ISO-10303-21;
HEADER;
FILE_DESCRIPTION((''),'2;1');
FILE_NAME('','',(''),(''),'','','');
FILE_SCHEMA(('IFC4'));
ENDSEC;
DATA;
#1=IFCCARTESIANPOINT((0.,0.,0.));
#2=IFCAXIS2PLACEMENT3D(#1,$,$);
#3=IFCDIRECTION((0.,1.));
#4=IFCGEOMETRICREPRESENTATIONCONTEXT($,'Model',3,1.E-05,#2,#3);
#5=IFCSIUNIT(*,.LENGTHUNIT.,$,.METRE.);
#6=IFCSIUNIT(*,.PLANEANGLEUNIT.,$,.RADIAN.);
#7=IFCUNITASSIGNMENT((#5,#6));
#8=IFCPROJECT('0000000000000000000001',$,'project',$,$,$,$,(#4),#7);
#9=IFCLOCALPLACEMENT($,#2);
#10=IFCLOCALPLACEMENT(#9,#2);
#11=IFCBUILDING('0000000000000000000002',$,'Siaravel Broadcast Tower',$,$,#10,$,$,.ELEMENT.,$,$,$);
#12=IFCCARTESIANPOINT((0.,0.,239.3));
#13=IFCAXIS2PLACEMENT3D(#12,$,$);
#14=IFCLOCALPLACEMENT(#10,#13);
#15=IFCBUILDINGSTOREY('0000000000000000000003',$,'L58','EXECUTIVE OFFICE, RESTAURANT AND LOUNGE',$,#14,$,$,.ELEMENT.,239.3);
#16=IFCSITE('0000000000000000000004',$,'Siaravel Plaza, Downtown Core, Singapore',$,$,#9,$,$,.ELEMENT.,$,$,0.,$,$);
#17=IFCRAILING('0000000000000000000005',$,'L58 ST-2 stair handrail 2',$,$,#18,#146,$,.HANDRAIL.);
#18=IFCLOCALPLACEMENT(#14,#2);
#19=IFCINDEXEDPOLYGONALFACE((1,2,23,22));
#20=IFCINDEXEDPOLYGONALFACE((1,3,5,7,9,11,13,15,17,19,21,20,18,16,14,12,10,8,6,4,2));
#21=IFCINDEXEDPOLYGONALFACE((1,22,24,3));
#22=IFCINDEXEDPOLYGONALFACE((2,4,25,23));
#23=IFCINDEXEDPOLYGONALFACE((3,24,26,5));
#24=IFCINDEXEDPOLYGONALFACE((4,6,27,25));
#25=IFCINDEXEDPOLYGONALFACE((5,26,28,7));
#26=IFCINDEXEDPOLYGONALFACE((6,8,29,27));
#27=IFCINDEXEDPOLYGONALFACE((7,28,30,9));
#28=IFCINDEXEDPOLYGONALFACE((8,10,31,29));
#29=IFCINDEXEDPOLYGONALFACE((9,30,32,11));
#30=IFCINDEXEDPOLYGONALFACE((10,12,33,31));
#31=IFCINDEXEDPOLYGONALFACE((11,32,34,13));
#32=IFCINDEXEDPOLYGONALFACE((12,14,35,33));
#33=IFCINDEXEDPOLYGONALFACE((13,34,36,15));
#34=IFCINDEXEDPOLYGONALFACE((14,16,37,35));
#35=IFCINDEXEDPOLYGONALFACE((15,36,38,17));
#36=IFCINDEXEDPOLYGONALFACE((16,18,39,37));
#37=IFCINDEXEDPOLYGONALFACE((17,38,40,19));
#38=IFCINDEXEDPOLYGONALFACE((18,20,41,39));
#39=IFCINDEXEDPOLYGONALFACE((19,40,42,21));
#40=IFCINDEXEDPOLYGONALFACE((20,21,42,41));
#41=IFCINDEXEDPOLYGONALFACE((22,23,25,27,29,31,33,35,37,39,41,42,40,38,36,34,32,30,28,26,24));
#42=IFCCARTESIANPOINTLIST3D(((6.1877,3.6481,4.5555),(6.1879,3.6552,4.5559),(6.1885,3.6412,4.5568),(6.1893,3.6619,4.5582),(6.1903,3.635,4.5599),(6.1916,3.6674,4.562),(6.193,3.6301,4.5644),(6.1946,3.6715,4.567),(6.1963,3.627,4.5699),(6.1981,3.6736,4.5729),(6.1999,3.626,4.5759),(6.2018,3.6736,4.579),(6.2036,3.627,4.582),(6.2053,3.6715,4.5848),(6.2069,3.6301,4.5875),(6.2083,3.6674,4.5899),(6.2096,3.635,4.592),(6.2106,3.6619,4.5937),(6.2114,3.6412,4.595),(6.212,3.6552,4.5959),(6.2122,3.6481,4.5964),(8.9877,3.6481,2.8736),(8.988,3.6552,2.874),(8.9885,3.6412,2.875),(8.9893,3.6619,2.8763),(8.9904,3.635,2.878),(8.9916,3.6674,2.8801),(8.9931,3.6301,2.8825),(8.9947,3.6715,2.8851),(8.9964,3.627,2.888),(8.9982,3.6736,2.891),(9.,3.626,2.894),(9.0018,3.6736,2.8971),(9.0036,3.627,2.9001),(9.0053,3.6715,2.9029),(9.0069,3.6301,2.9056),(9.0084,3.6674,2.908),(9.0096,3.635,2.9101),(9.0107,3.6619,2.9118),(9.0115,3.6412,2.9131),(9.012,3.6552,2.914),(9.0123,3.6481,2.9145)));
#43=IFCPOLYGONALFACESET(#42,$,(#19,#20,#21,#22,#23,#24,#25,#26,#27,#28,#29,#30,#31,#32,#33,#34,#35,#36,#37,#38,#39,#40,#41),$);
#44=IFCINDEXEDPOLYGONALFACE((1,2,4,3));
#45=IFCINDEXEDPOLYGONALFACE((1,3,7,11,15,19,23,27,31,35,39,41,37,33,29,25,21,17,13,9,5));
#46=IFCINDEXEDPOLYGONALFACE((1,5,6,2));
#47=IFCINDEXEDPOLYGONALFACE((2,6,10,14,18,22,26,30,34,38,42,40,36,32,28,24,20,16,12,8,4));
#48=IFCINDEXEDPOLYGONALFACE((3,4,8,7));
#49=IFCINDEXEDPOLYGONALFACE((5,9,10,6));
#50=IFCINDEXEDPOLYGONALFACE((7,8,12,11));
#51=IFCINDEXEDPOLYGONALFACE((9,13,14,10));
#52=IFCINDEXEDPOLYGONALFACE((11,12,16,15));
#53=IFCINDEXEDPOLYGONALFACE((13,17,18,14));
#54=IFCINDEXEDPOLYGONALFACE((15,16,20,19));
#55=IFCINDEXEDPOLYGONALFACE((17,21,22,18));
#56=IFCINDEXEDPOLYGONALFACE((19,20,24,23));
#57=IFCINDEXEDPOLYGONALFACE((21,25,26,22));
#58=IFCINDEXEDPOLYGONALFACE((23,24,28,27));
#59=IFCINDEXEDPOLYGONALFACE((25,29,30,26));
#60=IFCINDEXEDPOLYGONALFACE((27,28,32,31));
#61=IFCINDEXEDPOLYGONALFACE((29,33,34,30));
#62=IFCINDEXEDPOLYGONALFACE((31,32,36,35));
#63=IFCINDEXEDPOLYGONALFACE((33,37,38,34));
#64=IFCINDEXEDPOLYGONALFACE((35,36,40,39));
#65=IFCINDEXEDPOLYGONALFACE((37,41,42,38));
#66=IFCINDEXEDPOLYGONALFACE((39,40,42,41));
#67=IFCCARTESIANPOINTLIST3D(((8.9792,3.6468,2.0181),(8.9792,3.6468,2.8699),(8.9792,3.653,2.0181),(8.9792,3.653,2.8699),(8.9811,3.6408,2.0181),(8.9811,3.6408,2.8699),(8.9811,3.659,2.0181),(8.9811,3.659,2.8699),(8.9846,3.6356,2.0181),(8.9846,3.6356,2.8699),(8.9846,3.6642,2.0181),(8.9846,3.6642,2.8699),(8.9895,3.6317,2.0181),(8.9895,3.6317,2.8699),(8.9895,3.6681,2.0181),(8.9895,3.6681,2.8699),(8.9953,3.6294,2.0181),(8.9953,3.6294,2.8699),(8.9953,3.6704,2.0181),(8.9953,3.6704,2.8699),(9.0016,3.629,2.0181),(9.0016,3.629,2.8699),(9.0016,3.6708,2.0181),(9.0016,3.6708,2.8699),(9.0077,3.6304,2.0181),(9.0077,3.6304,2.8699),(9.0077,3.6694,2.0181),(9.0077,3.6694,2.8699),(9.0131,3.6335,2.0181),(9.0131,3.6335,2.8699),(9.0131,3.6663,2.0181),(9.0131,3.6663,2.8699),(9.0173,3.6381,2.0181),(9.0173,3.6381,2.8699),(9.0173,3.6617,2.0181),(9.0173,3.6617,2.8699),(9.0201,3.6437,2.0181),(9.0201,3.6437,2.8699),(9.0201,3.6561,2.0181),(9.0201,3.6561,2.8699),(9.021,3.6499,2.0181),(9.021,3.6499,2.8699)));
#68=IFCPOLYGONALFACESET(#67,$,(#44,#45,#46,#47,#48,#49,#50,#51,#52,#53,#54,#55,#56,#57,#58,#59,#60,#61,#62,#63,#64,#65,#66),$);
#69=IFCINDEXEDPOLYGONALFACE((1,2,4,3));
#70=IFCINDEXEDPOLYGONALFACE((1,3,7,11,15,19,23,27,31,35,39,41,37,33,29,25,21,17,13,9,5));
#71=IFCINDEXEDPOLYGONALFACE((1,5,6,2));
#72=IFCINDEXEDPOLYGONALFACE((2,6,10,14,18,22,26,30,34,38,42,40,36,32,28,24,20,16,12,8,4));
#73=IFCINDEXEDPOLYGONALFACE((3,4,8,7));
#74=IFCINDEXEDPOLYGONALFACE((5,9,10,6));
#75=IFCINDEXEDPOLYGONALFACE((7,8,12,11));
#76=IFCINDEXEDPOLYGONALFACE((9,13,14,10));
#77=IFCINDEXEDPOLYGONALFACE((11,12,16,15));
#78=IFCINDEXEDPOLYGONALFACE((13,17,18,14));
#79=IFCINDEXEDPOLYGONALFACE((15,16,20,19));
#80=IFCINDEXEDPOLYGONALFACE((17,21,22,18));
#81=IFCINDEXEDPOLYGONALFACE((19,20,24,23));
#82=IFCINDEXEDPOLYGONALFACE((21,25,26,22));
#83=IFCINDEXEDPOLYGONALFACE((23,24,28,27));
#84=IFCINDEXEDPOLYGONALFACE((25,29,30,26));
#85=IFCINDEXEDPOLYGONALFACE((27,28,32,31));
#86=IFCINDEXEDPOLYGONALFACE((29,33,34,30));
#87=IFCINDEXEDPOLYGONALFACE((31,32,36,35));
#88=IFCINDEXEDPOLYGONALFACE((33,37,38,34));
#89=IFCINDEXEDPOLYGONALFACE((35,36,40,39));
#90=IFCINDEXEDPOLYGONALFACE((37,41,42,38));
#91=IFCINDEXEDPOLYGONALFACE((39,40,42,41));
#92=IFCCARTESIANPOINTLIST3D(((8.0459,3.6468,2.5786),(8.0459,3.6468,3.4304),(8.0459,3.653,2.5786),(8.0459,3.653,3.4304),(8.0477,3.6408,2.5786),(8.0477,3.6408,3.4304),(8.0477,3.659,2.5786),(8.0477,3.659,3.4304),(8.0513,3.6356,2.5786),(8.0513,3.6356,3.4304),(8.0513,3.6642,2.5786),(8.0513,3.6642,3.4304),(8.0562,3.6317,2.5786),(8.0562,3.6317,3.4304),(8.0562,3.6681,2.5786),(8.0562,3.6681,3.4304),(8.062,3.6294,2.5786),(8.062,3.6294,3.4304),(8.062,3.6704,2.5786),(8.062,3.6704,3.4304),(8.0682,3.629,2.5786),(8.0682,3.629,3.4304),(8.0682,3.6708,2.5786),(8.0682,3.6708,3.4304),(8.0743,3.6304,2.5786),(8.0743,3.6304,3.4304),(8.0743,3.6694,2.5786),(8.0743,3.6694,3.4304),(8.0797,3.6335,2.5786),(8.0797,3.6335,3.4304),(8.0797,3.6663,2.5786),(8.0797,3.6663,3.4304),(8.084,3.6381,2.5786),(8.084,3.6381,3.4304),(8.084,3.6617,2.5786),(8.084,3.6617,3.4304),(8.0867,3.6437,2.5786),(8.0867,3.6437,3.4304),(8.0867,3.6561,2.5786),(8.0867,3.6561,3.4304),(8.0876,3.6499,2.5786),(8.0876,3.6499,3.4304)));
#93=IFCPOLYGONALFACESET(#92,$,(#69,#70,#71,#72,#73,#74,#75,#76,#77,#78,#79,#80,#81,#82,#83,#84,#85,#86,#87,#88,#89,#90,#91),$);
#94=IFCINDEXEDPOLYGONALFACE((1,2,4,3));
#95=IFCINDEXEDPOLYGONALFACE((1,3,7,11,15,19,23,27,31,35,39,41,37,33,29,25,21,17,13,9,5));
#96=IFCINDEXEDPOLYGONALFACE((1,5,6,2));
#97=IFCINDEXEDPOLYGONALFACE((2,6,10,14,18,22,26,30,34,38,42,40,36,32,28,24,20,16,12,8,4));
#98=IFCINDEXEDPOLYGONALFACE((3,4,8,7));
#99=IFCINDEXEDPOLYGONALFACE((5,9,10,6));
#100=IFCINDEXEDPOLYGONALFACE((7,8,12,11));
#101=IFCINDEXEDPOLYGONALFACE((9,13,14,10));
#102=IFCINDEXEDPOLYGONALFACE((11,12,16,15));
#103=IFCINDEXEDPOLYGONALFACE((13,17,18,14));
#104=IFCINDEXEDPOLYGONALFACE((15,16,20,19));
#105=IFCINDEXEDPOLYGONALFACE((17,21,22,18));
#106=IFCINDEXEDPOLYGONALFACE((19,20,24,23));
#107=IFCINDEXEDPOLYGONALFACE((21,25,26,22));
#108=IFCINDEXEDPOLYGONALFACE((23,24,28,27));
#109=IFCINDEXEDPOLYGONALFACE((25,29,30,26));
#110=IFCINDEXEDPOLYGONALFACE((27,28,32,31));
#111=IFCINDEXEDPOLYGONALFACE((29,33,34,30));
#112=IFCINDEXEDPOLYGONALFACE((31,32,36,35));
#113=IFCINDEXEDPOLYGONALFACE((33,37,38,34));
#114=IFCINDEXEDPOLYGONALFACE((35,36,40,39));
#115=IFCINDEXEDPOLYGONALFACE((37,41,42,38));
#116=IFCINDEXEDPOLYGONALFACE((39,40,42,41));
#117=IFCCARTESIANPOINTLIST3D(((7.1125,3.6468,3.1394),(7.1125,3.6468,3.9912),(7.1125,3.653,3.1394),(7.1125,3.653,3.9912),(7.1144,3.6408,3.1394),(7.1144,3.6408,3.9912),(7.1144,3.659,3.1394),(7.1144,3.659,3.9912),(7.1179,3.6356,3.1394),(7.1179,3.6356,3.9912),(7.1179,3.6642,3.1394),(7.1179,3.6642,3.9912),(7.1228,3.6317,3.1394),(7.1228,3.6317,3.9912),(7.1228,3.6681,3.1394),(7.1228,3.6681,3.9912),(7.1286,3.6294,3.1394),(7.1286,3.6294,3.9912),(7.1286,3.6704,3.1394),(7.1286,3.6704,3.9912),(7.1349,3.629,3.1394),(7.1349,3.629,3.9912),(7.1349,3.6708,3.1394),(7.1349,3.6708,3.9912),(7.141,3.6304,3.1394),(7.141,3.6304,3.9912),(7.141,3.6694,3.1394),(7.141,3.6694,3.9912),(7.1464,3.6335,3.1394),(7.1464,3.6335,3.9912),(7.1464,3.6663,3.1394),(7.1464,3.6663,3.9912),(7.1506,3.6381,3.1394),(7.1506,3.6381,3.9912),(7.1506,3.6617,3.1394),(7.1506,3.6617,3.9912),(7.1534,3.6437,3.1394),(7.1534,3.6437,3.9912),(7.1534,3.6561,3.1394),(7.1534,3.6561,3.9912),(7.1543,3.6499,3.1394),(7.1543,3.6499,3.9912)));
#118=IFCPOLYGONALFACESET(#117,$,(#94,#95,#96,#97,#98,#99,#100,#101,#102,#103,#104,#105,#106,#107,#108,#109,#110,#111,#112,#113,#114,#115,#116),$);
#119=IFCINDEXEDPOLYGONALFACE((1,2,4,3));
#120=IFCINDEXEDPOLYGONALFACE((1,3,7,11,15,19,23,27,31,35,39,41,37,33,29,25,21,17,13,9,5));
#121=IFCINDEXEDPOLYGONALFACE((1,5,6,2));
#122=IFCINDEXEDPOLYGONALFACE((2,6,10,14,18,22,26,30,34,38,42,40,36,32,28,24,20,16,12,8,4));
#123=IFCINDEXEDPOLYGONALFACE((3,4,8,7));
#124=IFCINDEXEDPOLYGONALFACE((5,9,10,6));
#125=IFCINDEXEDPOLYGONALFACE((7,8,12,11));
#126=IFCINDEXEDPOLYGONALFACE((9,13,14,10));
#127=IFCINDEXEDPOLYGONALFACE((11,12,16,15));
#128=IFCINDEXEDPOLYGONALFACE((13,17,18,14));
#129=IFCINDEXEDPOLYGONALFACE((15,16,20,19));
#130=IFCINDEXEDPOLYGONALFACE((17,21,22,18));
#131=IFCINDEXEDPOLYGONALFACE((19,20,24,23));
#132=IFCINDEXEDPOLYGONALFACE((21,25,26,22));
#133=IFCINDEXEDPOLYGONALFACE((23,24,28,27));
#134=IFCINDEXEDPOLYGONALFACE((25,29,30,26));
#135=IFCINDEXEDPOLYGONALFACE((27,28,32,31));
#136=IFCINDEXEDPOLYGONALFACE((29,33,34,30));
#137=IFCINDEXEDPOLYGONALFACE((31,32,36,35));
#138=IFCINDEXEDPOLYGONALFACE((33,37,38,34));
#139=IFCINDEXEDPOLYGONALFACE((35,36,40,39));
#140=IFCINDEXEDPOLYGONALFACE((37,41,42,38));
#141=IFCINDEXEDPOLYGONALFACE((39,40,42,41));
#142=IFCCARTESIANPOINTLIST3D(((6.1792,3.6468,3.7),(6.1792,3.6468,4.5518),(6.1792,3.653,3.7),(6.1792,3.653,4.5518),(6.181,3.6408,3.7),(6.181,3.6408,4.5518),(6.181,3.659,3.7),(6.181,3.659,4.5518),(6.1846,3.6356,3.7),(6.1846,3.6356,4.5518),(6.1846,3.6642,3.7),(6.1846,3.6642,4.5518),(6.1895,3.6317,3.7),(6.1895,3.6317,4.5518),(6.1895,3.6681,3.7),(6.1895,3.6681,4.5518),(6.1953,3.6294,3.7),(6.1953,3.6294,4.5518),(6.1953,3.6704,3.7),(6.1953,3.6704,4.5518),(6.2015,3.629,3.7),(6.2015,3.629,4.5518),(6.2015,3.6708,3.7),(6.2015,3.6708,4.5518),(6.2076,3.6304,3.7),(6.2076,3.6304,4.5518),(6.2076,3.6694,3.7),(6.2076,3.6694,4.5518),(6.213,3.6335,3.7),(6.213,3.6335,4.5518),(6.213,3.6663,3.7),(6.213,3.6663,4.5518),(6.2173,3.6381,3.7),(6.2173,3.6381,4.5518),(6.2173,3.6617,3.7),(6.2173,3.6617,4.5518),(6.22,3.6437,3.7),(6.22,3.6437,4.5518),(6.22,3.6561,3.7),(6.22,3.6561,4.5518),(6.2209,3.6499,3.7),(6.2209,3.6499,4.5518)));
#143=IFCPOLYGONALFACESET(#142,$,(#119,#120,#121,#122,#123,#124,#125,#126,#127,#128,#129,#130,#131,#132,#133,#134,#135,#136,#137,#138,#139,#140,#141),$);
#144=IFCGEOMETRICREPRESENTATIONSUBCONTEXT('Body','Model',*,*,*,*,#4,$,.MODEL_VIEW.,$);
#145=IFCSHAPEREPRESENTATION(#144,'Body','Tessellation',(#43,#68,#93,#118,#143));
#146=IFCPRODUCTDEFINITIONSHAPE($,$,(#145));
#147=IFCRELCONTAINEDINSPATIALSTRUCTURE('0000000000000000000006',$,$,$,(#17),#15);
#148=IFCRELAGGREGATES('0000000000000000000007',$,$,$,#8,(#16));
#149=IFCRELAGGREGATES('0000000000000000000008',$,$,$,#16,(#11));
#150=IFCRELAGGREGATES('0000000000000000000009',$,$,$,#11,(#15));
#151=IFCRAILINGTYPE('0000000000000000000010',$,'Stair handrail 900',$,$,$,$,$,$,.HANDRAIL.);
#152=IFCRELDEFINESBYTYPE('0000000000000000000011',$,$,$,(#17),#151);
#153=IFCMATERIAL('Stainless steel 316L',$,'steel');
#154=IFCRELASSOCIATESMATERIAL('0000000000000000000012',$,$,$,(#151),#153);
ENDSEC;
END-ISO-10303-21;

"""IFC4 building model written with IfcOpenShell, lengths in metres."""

from ifc_helpers import new_model, si_unit, direction, frame, origin, origin_2d, place, context, subcontext, project, spatial, circle, extrude, material, type_object, element, save


model = new_model("IFC4")

# Units and contexts
model_context = context("Model", 3, precision=1e-05, world=origin(), true_north=direction((0.0, 1.0)))
body_context = subcontext(model_context, "Body", "Model", "MODEL_VIEW")
ifc_project = project(units=[si_unit("LENGTHUNIT", "METRE"), si_unit("PLANEANGLEUNIT", "RADIAN")], contexts=[model_context])

# Site, building, storey
site_placement = place(None, origin())
site = spatial("IfcSite", under=ifc_project, at=site_placement, Name="Siaravel Plaza, Downtown Core, Singapore", CompositionType="ELEMENT", RefElevation=0.0)
building_placement = place(site_placement, origin())
building = spatial("IfcBuilding", under=site, at=building_placement, Name="Siaravel Broadcast Tower", CompositionType="ELEMENT")
storey_placement = place(building_placement, frame((0.0, 0.0, 239.3)))
storey = spatial("IfcBuildingStorey", under=building, at=storey_placement, Name="L58", Description="EXECUTIVE OFFICE, RESTAURANT AND LOUNGE", CompositionType="ELEMENT", Elevation=239.3)

# Railing
ifc_material_1 = material(Name="Stainless steel 316L", Category="steel")
railing_type_1 = type_object("IfcRailingType", Name="Stair handrail 900", PredefinedType="HANDRAIL", material=ifc_material_1)
railing_1_placement = place(storey_placement, frame((9.0, 3.6499, 2.0181)))
element("IfcRailing", 1, at=railing_1_placement, inside=storey, type_object=railing_type_1, Name="L58 ST-2 stair handrail 2", PredefinedType="HANDRAIL", context=body_context, shape_type="SweptSolid", body=[
    extrude(circle(Radius=0.0239, at=origin_2d()), frame((0.0, 0.0, 0.876), z_axis=(-0.857242, 0.0, 0.514913), x_axis=(0.0, -1.0, 0.0)), (0.0, 0.0, 1.0), 3.2664),
    extrude(circle(Radius=0.021, at=origin_2d()), origin(), (0.0, 0.0, 1.0), 0.8518),
    extrude(circle(Radius=0.021, at=origin_2d()), frame((-0.9333, 0.0, 0.5605)), (0.0, 0.0, 1.0), 0.8518),
    extrude(circle(Radius=0.021, at=origin_2d()), frame((-1.8667, 0.0, 1.1213)), (0.0, 0.0, 1.0), 0.8518),
    extrude(circle(Radius=0.021, at=origin_2d()), frame((-2.8, 0.0, 1.6819)), (0.0, 0.0, 1.0), 0.8518),
])

save(model, "model.ifc")
